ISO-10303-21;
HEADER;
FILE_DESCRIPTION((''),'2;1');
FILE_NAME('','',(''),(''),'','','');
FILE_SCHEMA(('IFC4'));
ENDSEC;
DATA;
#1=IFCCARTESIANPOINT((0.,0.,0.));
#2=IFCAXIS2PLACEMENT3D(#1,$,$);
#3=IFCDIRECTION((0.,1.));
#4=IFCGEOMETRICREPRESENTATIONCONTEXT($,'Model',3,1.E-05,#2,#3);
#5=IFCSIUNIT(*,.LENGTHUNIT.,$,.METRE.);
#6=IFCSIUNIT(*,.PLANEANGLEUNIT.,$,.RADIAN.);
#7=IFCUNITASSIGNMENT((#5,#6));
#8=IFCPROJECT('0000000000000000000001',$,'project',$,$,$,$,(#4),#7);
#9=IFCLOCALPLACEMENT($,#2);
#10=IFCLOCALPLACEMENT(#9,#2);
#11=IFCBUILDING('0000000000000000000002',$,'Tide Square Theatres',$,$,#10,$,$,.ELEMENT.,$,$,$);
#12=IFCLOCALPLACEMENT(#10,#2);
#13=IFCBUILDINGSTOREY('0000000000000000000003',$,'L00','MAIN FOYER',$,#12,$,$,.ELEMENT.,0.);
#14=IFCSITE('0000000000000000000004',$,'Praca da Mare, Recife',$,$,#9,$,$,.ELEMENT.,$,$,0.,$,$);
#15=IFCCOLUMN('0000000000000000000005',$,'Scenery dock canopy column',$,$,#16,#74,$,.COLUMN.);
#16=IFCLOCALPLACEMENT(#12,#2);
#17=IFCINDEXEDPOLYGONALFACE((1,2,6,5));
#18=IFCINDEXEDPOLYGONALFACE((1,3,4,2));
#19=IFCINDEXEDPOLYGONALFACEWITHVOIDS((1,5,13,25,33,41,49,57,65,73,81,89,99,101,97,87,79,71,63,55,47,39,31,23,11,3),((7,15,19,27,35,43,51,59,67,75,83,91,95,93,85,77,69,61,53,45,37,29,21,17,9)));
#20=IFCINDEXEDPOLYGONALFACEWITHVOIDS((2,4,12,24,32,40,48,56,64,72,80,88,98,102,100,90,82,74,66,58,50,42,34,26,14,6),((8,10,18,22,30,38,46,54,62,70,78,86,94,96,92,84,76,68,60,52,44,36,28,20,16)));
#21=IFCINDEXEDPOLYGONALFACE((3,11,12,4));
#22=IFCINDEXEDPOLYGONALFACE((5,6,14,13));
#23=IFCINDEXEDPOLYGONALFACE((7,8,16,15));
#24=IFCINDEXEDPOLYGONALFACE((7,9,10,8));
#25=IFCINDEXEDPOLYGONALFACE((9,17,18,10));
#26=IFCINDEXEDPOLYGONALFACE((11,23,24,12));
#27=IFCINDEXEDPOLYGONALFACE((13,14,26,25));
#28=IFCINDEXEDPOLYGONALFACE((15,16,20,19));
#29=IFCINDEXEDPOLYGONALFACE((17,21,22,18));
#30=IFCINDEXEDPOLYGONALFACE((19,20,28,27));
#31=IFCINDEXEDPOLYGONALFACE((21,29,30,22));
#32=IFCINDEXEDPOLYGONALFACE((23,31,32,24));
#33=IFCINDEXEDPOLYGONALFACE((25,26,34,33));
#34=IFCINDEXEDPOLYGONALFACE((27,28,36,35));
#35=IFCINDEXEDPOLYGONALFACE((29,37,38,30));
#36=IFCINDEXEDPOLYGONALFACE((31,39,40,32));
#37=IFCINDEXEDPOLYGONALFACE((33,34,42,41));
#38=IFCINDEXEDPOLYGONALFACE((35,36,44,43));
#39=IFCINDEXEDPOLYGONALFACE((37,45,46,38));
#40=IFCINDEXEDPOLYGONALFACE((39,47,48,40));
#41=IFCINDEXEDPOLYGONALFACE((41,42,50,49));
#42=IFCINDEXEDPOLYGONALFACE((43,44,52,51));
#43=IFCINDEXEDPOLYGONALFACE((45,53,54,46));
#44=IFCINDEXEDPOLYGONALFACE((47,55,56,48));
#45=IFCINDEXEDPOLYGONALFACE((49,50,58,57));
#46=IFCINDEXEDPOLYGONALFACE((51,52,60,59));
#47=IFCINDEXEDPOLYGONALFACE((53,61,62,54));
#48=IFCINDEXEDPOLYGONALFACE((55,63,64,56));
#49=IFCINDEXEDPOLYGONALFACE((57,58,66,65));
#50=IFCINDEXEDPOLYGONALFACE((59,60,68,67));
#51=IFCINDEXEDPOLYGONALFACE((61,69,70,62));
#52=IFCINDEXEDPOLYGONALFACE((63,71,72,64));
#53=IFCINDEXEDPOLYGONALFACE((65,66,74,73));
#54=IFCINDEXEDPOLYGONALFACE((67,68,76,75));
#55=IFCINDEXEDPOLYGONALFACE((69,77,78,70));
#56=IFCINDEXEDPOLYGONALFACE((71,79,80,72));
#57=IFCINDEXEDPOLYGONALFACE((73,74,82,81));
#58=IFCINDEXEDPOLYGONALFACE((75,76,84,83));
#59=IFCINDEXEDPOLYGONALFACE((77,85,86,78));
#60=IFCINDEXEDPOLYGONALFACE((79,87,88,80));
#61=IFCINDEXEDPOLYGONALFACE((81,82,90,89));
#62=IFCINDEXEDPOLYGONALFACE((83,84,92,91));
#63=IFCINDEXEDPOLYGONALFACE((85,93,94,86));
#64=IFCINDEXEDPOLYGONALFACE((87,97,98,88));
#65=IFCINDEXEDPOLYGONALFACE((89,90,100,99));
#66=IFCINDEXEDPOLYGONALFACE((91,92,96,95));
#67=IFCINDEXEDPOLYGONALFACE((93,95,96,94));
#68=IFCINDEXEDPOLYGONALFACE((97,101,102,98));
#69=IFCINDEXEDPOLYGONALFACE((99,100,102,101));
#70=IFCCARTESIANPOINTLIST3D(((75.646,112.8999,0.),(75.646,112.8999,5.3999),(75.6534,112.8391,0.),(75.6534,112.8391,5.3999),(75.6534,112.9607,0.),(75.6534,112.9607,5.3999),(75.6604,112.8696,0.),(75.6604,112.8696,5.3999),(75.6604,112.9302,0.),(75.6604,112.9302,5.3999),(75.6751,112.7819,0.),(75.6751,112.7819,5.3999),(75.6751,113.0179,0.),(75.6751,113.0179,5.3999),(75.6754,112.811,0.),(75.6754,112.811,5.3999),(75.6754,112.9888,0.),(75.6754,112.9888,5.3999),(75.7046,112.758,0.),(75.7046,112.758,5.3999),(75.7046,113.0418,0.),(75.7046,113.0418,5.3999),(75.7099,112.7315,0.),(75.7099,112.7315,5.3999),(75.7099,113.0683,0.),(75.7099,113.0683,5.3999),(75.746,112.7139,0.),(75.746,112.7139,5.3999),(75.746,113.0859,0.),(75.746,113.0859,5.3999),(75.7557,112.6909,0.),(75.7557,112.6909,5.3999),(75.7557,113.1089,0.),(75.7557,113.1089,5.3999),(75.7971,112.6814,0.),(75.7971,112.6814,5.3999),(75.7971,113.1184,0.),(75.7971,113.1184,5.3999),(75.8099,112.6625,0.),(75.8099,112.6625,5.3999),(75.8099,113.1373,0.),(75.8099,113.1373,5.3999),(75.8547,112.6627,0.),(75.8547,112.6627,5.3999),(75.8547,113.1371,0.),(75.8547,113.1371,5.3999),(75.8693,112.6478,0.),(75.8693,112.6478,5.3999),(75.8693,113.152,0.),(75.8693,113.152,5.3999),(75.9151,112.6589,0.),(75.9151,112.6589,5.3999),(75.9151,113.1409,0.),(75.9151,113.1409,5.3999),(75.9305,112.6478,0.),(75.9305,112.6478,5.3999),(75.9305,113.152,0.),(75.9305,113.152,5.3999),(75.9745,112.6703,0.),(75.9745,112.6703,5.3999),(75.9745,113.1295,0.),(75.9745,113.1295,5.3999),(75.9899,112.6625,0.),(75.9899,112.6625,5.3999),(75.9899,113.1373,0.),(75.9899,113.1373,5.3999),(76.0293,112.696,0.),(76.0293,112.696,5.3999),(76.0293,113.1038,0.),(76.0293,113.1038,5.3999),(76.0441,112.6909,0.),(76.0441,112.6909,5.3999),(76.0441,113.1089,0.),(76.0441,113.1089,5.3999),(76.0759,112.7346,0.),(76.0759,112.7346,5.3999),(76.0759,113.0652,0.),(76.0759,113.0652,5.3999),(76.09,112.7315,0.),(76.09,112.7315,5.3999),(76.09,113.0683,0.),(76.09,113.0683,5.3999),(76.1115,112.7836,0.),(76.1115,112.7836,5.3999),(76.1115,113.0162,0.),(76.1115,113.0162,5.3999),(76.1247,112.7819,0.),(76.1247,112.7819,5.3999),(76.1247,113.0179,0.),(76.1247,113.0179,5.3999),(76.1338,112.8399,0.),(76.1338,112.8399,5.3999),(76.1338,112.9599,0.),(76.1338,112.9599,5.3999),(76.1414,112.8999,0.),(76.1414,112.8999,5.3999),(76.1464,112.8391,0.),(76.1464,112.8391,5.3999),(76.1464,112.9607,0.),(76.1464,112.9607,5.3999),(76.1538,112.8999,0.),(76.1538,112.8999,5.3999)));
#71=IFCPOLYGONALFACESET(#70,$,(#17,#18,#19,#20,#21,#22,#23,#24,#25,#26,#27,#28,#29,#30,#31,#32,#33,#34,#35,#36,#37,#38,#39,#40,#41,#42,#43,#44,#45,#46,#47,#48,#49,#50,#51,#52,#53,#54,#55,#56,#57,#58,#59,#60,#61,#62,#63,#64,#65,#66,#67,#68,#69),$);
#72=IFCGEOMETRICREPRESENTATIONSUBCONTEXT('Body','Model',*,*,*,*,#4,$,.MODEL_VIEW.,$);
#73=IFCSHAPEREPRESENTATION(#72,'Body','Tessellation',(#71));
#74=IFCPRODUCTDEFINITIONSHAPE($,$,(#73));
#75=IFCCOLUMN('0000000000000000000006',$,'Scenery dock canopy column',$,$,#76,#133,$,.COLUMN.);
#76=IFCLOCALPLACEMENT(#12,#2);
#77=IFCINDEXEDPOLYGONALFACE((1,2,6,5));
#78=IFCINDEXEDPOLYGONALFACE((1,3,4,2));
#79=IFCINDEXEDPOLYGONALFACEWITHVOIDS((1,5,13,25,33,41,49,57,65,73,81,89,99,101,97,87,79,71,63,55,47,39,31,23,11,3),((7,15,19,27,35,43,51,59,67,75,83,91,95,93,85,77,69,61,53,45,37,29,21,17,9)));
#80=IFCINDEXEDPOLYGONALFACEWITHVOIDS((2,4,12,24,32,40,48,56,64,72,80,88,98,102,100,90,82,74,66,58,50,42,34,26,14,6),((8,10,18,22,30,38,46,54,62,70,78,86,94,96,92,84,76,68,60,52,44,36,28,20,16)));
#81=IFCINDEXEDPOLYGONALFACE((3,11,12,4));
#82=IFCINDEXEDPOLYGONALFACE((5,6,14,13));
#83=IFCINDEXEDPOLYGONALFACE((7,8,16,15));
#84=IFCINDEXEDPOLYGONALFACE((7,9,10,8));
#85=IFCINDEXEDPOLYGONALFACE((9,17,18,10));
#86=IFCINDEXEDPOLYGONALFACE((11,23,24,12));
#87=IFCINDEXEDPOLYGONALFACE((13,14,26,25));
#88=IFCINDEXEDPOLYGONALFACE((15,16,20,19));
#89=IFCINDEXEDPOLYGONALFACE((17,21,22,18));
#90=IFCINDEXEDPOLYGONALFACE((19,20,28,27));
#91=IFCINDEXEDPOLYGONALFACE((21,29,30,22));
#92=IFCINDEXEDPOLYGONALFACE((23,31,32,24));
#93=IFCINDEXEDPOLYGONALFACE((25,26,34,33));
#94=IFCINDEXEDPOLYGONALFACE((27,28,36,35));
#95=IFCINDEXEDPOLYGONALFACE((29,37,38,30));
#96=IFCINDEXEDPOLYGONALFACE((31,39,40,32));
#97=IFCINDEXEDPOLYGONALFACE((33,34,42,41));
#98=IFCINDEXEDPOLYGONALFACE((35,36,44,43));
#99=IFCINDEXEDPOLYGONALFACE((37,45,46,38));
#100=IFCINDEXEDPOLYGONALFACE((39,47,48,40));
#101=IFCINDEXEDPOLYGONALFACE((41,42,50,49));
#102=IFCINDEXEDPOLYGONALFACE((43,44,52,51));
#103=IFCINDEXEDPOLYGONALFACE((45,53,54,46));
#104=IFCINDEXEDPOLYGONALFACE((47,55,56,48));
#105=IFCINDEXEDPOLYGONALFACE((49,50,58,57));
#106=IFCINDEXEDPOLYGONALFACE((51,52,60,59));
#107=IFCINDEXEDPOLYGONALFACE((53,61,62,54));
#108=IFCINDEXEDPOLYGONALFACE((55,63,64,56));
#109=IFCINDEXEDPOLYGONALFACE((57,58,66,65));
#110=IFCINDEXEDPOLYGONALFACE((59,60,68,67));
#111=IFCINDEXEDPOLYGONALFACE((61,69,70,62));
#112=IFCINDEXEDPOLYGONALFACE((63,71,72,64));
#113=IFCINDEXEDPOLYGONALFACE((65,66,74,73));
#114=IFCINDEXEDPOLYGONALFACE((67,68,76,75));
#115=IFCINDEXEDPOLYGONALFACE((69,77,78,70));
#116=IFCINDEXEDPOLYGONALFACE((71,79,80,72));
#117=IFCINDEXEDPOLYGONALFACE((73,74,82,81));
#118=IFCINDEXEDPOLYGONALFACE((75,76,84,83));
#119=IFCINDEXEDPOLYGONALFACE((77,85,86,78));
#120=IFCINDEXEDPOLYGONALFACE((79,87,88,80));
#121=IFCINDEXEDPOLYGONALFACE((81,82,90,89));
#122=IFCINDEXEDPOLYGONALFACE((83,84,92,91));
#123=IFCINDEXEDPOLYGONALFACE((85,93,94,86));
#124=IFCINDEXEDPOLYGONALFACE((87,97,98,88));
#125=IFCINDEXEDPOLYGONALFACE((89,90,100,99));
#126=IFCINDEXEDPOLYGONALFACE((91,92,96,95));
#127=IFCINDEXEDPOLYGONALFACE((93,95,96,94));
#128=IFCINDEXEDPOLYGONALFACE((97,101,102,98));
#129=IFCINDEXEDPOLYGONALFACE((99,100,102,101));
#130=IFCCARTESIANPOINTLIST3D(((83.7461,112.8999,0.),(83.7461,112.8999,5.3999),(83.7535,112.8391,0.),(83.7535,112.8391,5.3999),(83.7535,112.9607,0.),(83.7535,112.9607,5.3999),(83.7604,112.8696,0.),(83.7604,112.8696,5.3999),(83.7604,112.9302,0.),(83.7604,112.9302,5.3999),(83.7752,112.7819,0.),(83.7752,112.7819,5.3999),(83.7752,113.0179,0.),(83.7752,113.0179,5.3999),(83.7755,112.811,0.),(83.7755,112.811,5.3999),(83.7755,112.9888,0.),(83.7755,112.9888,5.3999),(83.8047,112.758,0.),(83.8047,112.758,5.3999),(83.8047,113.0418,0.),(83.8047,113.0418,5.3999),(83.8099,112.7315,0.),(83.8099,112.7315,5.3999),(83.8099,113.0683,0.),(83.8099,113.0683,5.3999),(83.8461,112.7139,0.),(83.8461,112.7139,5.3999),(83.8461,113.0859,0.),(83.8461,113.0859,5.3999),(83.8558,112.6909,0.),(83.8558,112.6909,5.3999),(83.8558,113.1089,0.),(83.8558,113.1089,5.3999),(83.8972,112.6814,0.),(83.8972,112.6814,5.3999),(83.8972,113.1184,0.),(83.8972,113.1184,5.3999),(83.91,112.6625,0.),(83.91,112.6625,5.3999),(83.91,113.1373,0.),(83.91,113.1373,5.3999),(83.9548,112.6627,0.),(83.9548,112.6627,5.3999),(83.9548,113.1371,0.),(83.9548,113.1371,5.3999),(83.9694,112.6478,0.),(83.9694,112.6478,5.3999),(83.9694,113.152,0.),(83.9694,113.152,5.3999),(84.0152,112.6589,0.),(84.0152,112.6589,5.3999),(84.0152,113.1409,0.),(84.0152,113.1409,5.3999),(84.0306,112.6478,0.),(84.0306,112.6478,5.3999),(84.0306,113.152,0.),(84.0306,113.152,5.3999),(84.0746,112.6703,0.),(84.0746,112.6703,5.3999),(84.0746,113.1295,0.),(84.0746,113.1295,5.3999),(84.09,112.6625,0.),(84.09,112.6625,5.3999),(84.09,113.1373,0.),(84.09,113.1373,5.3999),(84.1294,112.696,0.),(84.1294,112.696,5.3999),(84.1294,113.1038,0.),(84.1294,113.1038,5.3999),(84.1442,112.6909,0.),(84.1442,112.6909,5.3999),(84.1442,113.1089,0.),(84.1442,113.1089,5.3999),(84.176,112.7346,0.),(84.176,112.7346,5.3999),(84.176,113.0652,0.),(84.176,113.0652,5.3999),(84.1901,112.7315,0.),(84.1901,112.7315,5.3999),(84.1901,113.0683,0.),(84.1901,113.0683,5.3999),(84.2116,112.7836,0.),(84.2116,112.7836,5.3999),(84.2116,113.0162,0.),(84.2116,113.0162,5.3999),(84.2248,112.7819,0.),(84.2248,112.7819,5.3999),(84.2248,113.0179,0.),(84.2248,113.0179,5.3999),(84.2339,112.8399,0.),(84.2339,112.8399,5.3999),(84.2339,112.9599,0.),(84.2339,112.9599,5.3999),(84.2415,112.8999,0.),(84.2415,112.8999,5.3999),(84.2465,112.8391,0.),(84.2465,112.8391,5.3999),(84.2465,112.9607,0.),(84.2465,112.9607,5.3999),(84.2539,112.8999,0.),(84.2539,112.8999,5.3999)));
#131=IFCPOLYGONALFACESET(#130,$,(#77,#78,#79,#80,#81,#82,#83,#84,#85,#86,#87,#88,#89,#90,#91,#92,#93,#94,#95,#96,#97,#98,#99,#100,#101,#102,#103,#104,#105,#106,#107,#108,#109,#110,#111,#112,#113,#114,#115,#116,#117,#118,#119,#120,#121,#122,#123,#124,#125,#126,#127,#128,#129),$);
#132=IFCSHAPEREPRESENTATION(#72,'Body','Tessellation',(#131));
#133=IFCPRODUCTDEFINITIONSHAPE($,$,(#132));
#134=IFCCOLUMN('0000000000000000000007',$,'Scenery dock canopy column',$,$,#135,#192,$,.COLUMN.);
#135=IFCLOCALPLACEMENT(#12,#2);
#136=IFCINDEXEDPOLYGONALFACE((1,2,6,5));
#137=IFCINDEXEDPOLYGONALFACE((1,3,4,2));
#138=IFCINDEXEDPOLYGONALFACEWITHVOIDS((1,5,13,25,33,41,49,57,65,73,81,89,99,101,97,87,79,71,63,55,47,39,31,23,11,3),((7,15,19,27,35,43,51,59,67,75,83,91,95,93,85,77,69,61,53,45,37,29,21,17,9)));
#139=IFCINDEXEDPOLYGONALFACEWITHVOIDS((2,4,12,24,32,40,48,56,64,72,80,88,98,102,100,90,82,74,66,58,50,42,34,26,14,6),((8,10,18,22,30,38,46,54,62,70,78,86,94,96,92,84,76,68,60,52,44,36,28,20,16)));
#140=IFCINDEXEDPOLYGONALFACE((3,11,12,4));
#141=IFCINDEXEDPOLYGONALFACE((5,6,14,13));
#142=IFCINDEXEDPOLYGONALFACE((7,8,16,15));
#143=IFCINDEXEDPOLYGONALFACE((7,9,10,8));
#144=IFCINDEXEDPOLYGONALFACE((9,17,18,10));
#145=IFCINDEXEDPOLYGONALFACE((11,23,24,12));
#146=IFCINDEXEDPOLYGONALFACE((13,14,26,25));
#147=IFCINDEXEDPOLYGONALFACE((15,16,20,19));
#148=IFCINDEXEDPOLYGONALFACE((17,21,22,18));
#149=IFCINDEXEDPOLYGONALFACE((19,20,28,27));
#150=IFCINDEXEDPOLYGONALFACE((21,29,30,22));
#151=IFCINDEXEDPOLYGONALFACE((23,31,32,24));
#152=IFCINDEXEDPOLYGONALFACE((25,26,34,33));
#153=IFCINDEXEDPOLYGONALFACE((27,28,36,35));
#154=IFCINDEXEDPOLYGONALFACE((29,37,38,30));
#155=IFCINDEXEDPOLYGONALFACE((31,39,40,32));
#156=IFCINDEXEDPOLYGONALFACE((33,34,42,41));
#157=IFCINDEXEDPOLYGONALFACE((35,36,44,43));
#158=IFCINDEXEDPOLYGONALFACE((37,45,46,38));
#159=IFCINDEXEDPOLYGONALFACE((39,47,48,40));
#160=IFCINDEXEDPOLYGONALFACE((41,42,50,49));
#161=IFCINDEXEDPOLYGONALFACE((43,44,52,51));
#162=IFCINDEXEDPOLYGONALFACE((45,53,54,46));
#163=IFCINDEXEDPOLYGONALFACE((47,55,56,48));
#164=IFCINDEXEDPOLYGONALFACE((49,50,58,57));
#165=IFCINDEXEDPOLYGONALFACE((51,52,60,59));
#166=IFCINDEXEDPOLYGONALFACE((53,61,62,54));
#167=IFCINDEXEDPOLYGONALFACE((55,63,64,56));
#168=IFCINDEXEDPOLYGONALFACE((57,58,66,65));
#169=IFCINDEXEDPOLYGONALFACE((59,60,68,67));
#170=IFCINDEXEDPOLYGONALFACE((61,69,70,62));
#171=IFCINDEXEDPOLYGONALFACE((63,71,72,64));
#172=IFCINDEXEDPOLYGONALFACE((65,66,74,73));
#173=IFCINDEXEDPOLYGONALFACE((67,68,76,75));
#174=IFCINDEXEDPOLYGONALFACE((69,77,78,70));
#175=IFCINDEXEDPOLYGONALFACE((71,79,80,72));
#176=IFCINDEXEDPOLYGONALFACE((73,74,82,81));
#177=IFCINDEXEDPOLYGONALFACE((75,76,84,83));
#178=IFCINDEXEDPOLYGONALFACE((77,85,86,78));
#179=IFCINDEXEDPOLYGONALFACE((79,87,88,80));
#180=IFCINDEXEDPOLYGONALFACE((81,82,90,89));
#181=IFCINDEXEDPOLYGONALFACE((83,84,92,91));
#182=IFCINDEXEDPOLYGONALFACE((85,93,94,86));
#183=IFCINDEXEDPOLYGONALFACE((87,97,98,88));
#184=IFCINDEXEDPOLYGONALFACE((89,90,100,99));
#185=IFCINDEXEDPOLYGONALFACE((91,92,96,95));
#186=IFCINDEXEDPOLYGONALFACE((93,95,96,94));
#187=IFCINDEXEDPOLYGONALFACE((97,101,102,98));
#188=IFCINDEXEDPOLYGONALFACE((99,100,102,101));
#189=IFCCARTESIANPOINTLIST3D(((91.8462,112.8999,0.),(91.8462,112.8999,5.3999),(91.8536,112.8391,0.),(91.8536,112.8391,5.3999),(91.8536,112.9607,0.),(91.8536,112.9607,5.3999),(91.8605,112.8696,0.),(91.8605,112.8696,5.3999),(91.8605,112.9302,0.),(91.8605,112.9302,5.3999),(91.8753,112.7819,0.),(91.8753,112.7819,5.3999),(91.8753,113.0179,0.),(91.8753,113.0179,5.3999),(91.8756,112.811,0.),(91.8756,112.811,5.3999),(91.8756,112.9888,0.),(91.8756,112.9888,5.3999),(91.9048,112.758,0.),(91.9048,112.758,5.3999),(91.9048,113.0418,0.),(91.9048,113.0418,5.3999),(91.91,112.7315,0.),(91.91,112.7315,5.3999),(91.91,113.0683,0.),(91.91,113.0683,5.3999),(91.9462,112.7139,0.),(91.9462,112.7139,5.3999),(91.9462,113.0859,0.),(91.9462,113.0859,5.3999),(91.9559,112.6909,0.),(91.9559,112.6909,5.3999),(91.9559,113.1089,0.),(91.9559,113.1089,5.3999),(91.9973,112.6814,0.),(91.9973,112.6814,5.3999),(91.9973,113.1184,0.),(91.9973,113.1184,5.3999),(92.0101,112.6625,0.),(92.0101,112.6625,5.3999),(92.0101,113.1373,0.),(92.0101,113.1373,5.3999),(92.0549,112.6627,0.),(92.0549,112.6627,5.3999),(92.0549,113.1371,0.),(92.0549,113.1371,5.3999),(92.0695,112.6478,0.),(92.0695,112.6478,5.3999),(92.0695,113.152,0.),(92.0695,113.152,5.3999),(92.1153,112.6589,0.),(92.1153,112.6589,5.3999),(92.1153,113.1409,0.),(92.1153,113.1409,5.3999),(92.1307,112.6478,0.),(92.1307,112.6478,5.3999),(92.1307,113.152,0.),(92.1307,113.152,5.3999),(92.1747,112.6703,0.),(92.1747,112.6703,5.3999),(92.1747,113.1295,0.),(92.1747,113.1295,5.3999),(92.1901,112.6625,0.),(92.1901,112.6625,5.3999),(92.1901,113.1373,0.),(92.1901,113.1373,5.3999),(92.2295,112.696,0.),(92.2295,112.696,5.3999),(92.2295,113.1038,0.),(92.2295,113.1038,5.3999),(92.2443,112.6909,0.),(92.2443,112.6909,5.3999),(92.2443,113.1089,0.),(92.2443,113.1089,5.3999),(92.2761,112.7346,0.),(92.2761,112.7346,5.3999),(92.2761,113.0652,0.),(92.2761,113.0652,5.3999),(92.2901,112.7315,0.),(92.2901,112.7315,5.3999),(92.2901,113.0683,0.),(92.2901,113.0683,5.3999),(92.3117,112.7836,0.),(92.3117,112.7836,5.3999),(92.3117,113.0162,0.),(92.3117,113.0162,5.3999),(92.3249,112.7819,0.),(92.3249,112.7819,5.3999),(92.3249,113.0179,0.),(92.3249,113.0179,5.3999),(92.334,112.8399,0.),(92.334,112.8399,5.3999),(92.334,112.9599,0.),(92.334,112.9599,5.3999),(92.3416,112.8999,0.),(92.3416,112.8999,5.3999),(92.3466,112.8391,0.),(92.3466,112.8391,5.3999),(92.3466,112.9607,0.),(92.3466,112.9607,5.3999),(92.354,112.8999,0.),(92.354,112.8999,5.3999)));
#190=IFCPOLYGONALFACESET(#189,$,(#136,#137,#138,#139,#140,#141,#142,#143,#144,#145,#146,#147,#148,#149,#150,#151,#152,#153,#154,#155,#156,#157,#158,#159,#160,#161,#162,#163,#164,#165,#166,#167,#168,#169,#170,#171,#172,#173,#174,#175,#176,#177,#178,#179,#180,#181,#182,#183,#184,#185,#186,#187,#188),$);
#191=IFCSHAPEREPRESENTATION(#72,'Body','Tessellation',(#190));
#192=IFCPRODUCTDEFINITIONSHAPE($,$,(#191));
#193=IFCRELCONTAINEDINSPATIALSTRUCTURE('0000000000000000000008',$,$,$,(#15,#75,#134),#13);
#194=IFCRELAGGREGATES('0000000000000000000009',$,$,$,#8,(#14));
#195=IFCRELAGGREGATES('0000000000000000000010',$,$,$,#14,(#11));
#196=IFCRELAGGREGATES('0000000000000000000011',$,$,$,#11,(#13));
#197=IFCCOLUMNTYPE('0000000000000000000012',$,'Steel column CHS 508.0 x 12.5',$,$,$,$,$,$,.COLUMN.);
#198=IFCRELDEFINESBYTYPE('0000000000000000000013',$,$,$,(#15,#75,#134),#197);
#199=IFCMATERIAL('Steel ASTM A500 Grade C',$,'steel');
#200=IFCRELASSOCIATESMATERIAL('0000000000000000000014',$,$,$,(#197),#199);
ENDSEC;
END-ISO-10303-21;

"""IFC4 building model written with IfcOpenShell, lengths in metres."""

from ifc_helpers import new_model, si_unit, direction, frame, origin, origin_2d, place, context, subcontext, project, spatial, hollow_circle, extrude, material, material_profile, profile_set, type_object, element, save


model = new_model("IFC4")

# Units and contexts
model_context = context("Model", 3, precision=1e-05, world=origin(), true_north=direction((0.0, 1.0)))
body_context = subcontext(model_context, "Body", "Model", "MODEL_VIEW")
ifc_project = project(units=[si_unit("LENGTHUNIT", "METRE"), si_unit("PLANEANGLEUNIT", "RADIAN")], contexts=[model_context])

# Site, building, storey
site_placement = place(None, origin())
site = spatial("IfcSite", under=ifc_project, at=site_placement, Name="Praca da Mare, Recife", CompositionType="ELEMENT", RefElevation=0.0)
building_placement = place(site_placement, origin())
building = spatial("IfcBuilding", under=site, at=building_placement, Name="Tide Square Theatres", CompositionType="ELEMENT")
storey_placement = place(building_placement, origin())
storey = spatial("IfcBuildingStorey", under=building, at=storey_placement, Name="L00", Description="MAIN FOYER", CompositionType="ELEMENT", Elevation=0.0)

# Columns
ifc_material_1 = material(Name="Steel ASTM A500 Grade C", Category="steel")
ifc_material_profile_1 = material_profile(ifc_material_1, hollow_circle(Radius=0.2539, WallThickness=0.0125, at=origin_2d()))
ifc_profile_set_1 = profile_set([ifc_material_profile_1], Name="Steel ASTM A500 Grade C")
column_type = type_object("IfcColumnType", Name="Steel column CHS 508.0 x 12.5", PredefinedType="COLUMN", material=ifc_profile_set_1)
for number, where, z_axis, x_axis, name in (
    (1, (75.8999, 112.8999, 0.0), (0.0, 0.0, 1.0), (1.0, 0.0, 0.0), "Scenery dock canopy column"),
    (2, (84.0, 112.8999, 0.0), (0.0, 0.0, 1.0), (1.0, 0.0, 0.0), "Scenery dock canopy column"),
    (3, (92.1001, 112.8999, 0.0), (0.0, 0.0, 1.0), (1.0, 0.0, 0.0), "Scenery dock canopy column"),
):
    element("IfcColumn", number, at=place(storey_placement, frame(where, z_axis=z_axis, x_axis=x_axis)), inside=storey, type_object=column_type, Name=name, PredefinedType="COLUMN", context=body_context, shape_type="SweptSolid", body=[
        extrude(hollow_circle(Radius=0.2539, WallThickness=0.0125, at=origin_2d()), origin(), (0.0, 0.0, 1.0), 5.3999),
    ])

save(model, "model.ifc")
